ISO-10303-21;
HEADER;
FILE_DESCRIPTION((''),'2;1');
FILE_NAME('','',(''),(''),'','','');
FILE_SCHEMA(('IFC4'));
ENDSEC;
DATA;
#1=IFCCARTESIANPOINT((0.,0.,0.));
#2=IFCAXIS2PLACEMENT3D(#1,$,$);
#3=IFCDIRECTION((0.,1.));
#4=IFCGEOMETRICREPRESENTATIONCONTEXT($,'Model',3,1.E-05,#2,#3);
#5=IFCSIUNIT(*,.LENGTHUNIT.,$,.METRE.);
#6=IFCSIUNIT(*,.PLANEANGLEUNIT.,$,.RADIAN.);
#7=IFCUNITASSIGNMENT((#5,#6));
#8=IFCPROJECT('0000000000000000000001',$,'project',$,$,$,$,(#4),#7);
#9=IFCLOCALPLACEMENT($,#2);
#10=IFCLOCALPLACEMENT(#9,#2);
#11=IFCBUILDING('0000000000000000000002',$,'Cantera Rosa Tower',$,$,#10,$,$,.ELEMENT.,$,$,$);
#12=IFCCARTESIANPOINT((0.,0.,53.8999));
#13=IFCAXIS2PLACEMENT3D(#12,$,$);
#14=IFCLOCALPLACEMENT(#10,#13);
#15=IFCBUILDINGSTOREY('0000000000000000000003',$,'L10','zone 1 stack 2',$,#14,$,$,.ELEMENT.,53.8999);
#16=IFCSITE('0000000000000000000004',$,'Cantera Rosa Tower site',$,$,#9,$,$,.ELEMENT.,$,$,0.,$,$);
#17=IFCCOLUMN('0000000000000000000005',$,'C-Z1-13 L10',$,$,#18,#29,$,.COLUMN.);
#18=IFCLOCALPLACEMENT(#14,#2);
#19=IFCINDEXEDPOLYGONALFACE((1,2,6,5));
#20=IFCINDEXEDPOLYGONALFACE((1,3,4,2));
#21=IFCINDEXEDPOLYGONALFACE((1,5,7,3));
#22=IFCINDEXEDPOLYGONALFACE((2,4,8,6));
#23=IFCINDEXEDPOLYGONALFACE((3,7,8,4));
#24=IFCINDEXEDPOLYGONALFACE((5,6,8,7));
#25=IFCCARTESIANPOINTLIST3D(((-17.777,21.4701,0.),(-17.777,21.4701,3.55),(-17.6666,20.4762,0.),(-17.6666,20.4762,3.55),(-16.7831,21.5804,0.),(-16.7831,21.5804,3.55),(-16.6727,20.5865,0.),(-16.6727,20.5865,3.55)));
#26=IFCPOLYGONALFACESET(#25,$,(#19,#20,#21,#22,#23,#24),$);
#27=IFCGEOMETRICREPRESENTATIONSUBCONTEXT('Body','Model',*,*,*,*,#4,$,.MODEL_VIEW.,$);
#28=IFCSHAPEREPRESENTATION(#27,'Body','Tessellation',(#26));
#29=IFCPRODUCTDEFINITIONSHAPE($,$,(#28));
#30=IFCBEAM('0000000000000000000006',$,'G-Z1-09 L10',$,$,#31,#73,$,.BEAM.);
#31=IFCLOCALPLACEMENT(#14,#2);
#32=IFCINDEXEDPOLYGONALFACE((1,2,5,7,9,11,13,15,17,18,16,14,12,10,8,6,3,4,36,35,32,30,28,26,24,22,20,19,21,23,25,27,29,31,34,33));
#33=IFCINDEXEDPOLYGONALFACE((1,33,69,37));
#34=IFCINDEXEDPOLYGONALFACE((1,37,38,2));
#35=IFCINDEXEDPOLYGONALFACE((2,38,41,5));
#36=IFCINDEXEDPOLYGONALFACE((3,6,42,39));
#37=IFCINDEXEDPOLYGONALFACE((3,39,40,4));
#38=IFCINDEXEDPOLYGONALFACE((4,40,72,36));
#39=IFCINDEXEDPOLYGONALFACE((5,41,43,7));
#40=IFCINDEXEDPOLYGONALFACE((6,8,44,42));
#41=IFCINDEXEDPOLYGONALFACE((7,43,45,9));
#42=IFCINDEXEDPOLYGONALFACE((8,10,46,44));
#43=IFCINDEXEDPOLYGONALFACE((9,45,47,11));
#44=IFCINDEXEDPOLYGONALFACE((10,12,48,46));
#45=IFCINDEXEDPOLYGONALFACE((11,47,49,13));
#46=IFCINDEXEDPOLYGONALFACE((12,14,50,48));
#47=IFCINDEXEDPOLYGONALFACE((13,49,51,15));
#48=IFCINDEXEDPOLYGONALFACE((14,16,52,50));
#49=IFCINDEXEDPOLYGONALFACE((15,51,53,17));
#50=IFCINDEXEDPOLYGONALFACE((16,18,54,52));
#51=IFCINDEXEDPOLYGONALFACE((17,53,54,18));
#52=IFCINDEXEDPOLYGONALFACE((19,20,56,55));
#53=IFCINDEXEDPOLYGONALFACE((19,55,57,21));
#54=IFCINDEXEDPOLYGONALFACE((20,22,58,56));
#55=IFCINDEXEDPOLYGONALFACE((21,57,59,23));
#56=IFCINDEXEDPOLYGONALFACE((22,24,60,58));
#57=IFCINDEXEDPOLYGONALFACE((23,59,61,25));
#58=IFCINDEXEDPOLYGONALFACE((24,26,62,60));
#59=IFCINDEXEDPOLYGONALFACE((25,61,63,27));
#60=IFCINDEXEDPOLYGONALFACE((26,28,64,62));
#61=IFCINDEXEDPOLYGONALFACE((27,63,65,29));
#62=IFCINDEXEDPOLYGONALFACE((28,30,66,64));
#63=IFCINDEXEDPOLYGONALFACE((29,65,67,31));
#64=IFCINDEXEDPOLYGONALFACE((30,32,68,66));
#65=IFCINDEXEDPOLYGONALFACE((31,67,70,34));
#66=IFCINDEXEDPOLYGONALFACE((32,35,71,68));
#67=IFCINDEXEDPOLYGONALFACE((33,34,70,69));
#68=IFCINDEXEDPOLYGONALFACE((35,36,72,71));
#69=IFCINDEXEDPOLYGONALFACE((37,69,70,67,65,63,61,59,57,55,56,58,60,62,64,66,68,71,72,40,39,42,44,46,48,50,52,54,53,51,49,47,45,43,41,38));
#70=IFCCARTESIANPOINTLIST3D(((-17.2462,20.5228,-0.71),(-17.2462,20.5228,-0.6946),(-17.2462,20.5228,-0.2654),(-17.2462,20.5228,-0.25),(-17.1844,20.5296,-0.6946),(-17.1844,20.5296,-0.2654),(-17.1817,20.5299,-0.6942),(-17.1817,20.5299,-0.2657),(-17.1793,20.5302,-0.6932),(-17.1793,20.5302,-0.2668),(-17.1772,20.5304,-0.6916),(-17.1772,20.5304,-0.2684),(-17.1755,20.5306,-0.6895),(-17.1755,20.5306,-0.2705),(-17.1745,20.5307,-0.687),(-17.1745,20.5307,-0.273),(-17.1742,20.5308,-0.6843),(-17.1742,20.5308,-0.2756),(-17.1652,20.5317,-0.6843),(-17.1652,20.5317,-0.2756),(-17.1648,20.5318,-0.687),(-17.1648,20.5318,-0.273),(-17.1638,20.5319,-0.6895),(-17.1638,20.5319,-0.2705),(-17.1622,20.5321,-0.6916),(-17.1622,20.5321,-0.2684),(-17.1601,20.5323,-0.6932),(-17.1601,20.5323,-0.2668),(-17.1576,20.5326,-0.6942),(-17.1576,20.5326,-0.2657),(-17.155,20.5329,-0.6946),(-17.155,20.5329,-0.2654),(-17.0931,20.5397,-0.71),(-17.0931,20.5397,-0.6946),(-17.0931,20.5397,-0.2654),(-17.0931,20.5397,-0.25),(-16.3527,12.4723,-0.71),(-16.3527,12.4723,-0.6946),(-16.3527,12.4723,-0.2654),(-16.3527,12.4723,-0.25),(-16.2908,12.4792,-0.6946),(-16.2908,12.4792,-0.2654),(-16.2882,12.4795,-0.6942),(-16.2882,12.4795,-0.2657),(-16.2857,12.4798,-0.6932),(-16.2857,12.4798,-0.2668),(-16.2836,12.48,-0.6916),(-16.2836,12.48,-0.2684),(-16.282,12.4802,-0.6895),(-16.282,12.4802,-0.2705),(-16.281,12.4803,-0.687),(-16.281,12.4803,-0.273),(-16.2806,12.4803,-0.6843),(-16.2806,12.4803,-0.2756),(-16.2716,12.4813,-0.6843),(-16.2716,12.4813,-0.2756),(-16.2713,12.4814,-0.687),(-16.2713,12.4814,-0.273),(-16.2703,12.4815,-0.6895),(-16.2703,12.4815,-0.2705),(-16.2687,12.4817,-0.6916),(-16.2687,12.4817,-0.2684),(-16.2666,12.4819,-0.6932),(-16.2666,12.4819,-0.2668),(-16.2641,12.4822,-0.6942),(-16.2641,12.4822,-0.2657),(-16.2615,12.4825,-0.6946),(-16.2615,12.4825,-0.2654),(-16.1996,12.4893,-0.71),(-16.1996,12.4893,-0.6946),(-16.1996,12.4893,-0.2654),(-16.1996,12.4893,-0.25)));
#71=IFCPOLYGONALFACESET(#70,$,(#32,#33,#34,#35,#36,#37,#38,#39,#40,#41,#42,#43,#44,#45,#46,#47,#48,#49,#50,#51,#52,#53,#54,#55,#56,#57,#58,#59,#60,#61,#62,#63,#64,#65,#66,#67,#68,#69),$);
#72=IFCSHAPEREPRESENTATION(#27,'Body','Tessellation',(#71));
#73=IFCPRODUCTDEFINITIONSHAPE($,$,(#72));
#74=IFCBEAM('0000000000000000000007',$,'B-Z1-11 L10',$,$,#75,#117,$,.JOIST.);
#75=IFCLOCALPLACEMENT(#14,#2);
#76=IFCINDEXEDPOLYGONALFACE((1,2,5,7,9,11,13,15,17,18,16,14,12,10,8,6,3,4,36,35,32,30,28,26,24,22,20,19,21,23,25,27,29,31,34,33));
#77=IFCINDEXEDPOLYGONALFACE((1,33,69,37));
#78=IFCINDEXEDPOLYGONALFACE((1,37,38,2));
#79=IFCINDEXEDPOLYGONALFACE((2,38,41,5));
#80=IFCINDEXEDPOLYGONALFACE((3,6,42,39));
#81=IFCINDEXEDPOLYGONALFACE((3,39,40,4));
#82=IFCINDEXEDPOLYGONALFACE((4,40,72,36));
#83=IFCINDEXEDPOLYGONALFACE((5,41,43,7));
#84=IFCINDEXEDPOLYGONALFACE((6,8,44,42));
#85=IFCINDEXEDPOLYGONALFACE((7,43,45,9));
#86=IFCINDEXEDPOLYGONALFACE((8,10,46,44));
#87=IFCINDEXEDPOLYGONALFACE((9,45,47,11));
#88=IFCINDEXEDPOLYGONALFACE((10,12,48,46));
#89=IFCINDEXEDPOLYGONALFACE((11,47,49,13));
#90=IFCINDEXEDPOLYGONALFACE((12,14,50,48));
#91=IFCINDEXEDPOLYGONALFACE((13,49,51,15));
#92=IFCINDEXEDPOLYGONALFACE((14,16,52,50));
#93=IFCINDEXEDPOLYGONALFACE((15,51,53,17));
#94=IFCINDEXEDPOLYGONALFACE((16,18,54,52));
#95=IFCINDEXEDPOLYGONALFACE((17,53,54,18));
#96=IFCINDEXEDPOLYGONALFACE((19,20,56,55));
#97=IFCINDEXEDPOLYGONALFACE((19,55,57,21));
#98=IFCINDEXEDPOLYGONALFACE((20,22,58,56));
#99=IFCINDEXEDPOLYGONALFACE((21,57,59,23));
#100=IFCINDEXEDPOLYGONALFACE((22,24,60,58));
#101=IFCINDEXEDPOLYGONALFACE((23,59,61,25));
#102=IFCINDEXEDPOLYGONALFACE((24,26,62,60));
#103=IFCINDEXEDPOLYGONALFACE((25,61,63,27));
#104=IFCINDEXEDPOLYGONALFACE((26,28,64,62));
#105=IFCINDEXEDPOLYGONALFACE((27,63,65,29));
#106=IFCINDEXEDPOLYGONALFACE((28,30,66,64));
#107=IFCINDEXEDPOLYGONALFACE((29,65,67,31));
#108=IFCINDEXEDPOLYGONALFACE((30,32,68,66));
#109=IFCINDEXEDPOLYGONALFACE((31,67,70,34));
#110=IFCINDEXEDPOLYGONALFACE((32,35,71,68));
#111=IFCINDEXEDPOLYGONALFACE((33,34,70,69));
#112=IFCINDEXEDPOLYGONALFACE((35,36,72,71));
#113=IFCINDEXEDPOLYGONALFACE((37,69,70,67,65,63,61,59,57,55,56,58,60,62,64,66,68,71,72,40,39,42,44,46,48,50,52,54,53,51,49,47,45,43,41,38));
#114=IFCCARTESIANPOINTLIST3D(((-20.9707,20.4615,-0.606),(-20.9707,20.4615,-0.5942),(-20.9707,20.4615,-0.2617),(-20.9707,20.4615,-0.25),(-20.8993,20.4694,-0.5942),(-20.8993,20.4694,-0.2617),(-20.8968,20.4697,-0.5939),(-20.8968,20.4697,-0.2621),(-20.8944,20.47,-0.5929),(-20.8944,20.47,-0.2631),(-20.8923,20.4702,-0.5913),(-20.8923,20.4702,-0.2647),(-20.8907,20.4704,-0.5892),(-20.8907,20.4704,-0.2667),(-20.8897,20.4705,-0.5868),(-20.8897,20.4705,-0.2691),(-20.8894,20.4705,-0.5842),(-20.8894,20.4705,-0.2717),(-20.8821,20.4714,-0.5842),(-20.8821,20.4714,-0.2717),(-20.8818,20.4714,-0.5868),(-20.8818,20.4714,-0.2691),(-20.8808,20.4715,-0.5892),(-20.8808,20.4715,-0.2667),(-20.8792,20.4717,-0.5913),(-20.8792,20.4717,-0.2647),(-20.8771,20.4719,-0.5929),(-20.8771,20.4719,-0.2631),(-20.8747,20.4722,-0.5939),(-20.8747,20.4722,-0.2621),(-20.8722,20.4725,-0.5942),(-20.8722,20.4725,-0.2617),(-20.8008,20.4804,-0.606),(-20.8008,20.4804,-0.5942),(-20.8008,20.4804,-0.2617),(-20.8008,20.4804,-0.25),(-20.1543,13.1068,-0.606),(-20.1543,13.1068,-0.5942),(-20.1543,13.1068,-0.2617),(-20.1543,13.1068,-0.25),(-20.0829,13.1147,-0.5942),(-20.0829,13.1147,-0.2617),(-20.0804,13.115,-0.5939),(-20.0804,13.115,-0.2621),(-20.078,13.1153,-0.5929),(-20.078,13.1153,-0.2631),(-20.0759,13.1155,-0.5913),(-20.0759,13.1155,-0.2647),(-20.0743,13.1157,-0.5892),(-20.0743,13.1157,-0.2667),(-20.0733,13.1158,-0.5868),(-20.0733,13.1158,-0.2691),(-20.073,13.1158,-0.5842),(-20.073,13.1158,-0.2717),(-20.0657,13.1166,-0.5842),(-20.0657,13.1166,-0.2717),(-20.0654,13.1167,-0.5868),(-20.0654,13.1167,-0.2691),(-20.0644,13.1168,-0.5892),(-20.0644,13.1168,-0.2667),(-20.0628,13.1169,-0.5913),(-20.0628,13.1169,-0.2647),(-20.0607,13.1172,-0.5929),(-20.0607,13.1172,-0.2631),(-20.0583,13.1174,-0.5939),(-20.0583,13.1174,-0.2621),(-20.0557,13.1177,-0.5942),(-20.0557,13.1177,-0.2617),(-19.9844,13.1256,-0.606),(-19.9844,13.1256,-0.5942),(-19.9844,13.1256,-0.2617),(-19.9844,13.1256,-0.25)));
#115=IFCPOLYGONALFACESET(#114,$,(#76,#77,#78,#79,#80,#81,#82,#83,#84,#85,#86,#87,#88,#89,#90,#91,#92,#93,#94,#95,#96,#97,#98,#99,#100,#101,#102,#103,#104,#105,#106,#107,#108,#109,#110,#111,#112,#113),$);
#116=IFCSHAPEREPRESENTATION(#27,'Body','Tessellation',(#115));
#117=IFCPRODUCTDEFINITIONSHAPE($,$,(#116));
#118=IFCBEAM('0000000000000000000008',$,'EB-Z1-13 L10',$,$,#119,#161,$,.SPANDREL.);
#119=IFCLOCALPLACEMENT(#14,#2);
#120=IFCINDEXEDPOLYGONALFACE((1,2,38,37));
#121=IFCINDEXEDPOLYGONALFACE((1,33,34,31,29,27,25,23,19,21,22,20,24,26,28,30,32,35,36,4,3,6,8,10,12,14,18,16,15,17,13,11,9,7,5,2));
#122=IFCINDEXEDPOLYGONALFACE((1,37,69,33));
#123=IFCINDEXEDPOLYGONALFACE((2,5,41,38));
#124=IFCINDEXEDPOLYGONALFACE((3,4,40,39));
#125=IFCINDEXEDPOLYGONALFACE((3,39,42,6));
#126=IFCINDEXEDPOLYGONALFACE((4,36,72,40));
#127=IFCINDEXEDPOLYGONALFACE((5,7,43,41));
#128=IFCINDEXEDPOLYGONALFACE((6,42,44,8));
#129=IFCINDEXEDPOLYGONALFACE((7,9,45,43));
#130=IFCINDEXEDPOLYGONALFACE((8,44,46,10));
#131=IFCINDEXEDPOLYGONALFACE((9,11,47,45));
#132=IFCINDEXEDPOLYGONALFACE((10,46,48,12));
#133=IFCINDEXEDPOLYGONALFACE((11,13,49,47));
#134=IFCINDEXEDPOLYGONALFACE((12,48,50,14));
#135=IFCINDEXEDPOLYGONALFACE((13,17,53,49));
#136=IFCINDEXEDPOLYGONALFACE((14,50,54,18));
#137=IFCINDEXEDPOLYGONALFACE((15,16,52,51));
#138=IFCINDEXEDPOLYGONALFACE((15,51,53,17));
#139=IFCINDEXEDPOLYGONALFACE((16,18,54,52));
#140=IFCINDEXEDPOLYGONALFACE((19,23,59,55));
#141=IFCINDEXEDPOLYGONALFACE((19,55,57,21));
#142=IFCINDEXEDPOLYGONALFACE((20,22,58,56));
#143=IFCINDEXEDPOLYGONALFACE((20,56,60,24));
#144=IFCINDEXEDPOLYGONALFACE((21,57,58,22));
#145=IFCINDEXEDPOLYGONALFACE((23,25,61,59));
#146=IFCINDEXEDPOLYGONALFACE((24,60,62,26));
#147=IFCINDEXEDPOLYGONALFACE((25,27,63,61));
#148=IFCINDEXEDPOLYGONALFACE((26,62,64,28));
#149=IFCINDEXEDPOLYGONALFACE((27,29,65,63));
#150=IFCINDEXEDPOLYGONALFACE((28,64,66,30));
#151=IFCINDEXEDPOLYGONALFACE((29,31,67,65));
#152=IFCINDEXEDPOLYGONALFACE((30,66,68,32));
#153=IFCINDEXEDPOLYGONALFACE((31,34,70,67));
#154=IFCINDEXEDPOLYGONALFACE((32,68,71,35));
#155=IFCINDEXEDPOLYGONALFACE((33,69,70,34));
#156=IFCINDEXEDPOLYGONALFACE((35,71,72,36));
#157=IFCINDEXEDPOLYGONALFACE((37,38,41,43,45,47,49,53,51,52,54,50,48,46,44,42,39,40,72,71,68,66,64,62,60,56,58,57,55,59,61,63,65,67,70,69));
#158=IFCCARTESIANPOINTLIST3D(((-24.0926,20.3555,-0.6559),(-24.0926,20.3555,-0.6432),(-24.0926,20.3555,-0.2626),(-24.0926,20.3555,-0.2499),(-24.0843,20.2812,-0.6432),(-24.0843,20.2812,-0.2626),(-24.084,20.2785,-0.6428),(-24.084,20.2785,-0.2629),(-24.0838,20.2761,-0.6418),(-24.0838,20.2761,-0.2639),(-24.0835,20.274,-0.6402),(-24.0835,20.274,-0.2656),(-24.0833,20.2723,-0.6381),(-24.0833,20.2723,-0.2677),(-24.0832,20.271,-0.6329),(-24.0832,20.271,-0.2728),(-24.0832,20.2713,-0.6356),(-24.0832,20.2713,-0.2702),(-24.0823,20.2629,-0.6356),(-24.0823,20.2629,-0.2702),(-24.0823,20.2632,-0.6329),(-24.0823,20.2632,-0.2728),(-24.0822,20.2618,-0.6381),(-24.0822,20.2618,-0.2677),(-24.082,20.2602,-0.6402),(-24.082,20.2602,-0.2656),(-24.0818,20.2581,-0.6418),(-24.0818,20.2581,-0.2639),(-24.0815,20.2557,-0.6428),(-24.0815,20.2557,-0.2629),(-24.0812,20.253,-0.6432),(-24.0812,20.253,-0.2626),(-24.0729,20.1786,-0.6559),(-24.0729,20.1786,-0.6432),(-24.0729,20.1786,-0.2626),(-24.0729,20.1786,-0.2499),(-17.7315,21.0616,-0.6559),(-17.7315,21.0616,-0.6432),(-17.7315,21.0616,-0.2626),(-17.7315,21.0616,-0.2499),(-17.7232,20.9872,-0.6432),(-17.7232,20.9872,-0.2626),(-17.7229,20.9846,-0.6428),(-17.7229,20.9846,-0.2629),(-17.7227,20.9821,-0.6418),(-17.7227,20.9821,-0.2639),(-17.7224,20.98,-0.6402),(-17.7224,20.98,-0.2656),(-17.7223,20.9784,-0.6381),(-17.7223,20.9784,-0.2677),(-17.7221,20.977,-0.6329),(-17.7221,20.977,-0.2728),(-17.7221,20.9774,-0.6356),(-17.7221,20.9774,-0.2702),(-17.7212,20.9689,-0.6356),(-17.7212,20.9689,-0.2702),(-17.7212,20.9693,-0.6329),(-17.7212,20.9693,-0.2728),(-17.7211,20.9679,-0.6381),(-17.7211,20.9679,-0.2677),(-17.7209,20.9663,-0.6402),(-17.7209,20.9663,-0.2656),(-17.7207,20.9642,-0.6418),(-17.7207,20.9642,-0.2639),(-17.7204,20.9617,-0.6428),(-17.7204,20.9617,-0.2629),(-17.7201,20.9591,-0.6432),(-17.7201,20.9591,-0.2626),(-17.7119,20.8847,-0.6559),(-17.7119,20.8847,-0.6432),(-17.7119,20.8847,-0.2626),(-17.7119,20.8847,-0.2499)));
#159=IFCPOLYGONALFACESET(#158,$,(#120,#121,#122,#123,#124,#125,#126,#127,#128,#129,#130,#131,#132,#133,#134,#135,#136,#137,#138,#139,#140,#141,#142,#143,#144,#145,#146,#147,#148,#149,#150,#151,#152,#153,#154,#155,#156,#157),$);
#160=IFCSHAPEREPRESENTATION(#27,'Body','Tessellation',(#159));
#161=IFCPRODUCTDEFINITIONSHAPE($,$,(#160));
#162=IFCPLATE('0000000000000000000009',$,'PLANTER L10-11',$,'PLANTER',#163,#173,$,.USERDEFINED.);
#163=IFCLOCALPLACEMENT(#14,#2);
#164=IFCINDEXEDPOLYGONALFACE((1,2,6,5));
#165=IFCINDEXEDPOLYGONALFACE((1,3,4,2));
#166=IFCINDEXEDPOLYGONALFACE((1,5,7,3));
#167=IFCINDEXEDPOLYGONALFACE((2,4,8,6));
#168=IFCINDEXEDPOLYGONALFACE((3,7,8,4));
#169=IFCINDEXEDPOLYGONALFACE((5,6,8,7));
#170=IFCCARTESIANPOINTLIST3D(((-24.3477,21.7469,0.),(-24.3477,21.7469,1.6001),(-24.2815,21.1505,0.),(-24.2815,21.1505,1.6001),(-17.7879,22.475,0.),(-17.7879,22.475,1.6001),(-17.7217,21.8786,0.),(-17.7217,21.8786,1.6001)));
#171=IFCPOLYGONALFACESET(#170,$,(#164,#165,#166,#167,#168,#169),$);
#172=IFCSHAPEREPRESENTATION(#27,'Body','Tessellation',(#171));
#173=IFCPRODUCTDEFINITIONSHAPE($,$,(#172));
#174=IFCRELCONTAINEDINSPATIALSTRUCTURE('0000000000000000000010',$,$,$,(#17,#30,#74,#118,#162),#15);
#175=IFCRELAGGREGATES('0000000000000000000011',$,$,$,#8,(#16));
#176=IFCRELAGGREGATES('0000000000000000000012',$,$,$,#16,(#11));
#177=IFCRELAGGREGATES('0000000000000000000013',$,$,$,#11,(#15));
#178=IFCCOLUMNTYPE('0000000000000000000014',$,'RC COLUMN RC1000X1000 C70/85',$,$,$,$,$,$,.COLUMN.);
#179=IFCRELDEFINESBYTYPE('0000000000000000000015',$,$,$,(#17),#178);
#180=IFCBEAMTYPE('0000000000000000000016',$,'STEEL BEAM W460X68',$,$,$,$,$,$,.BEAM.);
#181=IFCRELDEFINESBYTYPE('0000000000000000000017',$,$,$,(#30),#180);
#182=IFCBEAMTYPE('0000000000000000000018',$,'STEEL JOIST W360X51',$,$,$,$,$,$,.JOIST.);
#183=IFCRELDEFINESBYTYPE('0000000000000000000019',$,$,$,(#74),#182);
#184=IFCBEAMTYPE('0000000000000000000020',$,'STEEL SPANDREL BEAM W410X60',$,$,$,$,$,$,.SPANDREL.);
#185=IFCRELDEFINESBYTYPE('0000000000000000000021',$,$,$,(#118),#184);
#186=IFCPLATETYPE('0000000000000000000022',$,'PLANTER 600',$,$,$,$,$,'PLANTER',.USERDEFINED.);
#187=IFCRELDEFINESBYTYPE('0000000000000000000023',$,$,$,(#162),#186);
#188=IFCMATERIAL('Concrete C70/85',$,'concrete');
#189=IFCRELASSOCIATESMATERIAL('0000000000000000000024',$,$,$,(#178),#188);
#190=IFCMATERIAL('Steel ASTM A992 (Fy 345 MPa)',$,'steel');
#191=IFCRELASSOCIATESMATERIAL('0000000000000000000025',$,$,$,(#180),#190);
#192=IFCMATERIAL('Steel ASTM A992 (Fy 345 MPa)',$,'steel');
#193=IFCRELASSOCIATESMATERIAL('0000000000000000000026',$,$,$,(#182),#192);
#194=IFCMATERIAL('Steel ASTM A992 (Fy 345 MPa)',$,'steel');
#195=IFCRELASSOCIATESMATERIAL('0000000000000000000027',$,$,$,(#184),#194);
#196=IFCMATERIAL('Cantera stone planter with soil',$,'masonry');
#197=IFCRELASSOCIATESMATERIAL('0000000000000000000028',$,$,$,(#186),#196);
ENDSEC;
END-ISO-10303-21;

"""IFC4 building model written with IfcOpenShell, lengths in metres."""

from ifc_helpers import new_model, si_unit, direction, frame, origin, origin_2d, place, context, subcontext, project, spatial, rectangle, i_section, extrude, material, material_profile, profile_set, type_object, element, save


model = new_model("IFC4")

# Units and contexts
model_context = context("Model", 3, precision=1e-05, world=origin(), true_north=direction((0.0, 1.0)))
body_context = subcontext(model_context, "Body", "Model", "MODEL_VIEW")
ifc_project = project(units=[si_unit("LENGTHUNIT", "METRE"), si_unit("PLANEANGLEUNIT", "RADIAN")], contexts=[model_context])

# Site, building, storey
site_placement = place(None, origin())
site = spatial("IfcSite", under=ifc_project, at=site_placement, Name="Cantera Rosa Tower site", CompositionType="ELEMENT", RefElevation=0.0)
building_placement = place(site_placement, origin())
building = spatial("IfcBuilding", under=site, at=building_placement, Name="Cantera Rosa Tower", CompositionType="ELEMENT")
storey_placement = place(building_placement, frame((0.0, 0.0, 53.8999)))
storey = spatial("IfcBuildingStorey", under=building, at=storey_placement, Name="L10", Description="zone 1 stack 2", CompositionType="ELEMENT", Elevation=53.8999)

# Column
ifc_material_1 = material(Name="Concrete C70/85", Category="concrete")
ifc_material_profile_1 = material_profile(ifc_material_1, rectangle(XDim=1.0, YDim=1.0, at=origin_2d()), Name="RC COLUMN RC1000X1000 C70/85")
ifc_profile_set_1 = profile_set([ifc_material_profile_1], Name="Concrete C70/85")
column_type = type_object("IfcColumnType", Name="RC COLUMN RC1000X1000 C70/85", PredefinedType="COLUMN", material=ifc_profile_set_1)
column_placement = place(storey_placement, frame((-17.2249, 21.0283, 0.0), z_axis=(0.0, 0.0, 1.0), x_axis=(0.993897, 0.110313, 0.0)))
element("IfcColumn", 1, at=column_placement, inside=storey, type_object=column_type, Name="C-Z1-13 L10", PredefinedType="COLUMN", context=body_context, shape_type="SweptSolid", body=[
    extrude(rectangle(XDim=1.0, YDim=1.0, at=origin_2d()), origin(), (0.0, 0.0, 1.0), 3.55),
])

# Beams
ifc_material_2 = material(Name="Steel ASTM A992 (Fy 345 MPa)", Category="steel")
ifc_material_profile_2 = material_profile(ifc_material_2, i_section(OverallWidth=0.1541, OverallDepth=0.46, WebThickness=0.009, FlangeThickness=0.0154, FilletRadius=0.0103, at=origin_2d()), Name="W460X68")
ifc_profile_set_2 = profile_set([ifc_material_profile_2], Name="Steel ASTM A992 (Fy 345 MPa)")
beam_type_1 = type_object("IfcBeamType", Name="STEEL BEAM W460X68", PredefinedType="BEAM", material=ifc_profile_set_2)
beam_1_placement = place(storey_placement, frame((-17.1697, 20.5312, -0.48), z_axis=(0.110316, -0.993897, 0.0), x_axis=(0.993897, 0.110316, 0.0)))
element("IfcBeam", 2, at=beam_1_placement, inside=storey, type_object=beam_type_1, Name="G-Z1-09 L10", PredefinedType="BEAM", context=body_context, shape_type="SweptSolid", body=[
    extrude(i_section(OverallWidth=0.1541, OverallDepth=0.46, WebThickness=0.009, FlangeThickness=0.0154, FilletRadius=0.0103, at=origin_2d()), origin(), (0.0, 0.0, 1.0), 8.0999),
])
ifc_material_3 = material(Name="Steel ASTM A992 (Fy 345 MPa)", Category="steel")
ifc_material_profile_3 = material_profile(ifc_material_3, i_section(OverallWidth=0.1709, OverallDepth=0.356, WebThickness=0.0073, FlangeThickness=0.0117, FilletRadius=0.01, at=origin_2d()), Name="W360X51")
ifc_profile_set_3 = profile_set([ifc_material_profile_3], Name="Steel ASTM A992 (Fy 345 MPa)")
beam_type_2 = type_object("IfcBeamType", Name="STEEL JOIST W360X51", PredefinedType="JOIST", material=ifc_profile_set_3)
beam_2_placement = place(storey_placement, frame((-20.8857, 20.4709, -0.428), z_axis=(0.110327, -0.993895, 0.0), x_axis=(0.993895, 0.110327, 0.0)))
element("IfcBeam", 3, at=beam_2_placement, inside=storey, type_object=beam_type_2, Name="B-Z1-11 L10", PredefinedType="JOIST", context=body_context, shape_type="SweptSolid", body=[
    extrude(i_section(OverallWidth=0.1709, OverallDepth=0.356, WebThickness=0.0073, FlangeThickness=0.0117, FilletRadius=0.01, at=origin_2d()), origin(), (0.0, 0.0, 1.0), 7.3999),
])
ifc_material_4 = material(Name="Steel ASTM A992 (Fy 345 MPa)", Category="steel")
ifc_material_profile_4 = material_profile(ifc_material_4, i_section(OverallWidth=0.178, OverallDepth=0.406, WebThickness=0.0078, FlangeThickness=0.0127, FilletRadius=0.0103, at=origin_2d()), Name="W410X60")
ifc_profile_set_4 = profile_set([ifc_material_profile_4], Name="Steel ASTM A992 (Fy 345 MPa)")
beam_type_3 = type_object("IfcBeamType", Name="STEEL SPANDREL BEAM W410X60", PredefinedType="SPANDREL", material=ifc_profile_set_4)
beam_3_placement = place(storey_placement, frame((-17.7217, 20.9731, -0.4529), z_axis=(-0.993896, -0.110318, 0.0), x_axis=(0.110318, -0.993896, 0.0)))
element("IfcBeam", 4, at=beam_3_placement, inside=storey, type_object=beam_type_3, Name="EB-Z1-13 L10", PredefinedType="SPANDREL", context=body_context, shape_type="SweptSolid", body=[
    extrude(i_section(OverallWidth=0.178, OverallDepth=0.406, WebThickness=0.0078, FlangeThickness=0.0127, FilletRadius=0.0103, at=origin_2d()), origin(), (0.0, 0.0, 1.0), 6.4001),
])

# Plate
ifc_material_5 = material(Name="Cantera stone planter with soil", Category="masonry")
plate_type = type_object("IfcPlateType", Name="PLANTER 600", ElementType="PLANTER", PredefinedType="USERDEFINED", material=ifc_material_5)
plate_placement = place(storey_placement, frame((-21.0347, 21.8127, 0.0), z_axis=(0.0, 0.0, 1.0), x_axis=(-0.993897, -0.110313, 0.0)))
element("IfcPlate", 5, at=plate_placement, inside=storey, type_object=plate_type, Name="PLANTER L10-11", ObjectType="PLANTER", PredefinedType="USERDEFINED", context=body_context, shape_type="SweptSolid", body=[
    extrude(rectangle(XDim=6.6001, YDim=0.6001, at=origin_2d()), origin(), (0.0, 0.0, 1.0), 1.6001),
])

save(model, "model.ifc")
